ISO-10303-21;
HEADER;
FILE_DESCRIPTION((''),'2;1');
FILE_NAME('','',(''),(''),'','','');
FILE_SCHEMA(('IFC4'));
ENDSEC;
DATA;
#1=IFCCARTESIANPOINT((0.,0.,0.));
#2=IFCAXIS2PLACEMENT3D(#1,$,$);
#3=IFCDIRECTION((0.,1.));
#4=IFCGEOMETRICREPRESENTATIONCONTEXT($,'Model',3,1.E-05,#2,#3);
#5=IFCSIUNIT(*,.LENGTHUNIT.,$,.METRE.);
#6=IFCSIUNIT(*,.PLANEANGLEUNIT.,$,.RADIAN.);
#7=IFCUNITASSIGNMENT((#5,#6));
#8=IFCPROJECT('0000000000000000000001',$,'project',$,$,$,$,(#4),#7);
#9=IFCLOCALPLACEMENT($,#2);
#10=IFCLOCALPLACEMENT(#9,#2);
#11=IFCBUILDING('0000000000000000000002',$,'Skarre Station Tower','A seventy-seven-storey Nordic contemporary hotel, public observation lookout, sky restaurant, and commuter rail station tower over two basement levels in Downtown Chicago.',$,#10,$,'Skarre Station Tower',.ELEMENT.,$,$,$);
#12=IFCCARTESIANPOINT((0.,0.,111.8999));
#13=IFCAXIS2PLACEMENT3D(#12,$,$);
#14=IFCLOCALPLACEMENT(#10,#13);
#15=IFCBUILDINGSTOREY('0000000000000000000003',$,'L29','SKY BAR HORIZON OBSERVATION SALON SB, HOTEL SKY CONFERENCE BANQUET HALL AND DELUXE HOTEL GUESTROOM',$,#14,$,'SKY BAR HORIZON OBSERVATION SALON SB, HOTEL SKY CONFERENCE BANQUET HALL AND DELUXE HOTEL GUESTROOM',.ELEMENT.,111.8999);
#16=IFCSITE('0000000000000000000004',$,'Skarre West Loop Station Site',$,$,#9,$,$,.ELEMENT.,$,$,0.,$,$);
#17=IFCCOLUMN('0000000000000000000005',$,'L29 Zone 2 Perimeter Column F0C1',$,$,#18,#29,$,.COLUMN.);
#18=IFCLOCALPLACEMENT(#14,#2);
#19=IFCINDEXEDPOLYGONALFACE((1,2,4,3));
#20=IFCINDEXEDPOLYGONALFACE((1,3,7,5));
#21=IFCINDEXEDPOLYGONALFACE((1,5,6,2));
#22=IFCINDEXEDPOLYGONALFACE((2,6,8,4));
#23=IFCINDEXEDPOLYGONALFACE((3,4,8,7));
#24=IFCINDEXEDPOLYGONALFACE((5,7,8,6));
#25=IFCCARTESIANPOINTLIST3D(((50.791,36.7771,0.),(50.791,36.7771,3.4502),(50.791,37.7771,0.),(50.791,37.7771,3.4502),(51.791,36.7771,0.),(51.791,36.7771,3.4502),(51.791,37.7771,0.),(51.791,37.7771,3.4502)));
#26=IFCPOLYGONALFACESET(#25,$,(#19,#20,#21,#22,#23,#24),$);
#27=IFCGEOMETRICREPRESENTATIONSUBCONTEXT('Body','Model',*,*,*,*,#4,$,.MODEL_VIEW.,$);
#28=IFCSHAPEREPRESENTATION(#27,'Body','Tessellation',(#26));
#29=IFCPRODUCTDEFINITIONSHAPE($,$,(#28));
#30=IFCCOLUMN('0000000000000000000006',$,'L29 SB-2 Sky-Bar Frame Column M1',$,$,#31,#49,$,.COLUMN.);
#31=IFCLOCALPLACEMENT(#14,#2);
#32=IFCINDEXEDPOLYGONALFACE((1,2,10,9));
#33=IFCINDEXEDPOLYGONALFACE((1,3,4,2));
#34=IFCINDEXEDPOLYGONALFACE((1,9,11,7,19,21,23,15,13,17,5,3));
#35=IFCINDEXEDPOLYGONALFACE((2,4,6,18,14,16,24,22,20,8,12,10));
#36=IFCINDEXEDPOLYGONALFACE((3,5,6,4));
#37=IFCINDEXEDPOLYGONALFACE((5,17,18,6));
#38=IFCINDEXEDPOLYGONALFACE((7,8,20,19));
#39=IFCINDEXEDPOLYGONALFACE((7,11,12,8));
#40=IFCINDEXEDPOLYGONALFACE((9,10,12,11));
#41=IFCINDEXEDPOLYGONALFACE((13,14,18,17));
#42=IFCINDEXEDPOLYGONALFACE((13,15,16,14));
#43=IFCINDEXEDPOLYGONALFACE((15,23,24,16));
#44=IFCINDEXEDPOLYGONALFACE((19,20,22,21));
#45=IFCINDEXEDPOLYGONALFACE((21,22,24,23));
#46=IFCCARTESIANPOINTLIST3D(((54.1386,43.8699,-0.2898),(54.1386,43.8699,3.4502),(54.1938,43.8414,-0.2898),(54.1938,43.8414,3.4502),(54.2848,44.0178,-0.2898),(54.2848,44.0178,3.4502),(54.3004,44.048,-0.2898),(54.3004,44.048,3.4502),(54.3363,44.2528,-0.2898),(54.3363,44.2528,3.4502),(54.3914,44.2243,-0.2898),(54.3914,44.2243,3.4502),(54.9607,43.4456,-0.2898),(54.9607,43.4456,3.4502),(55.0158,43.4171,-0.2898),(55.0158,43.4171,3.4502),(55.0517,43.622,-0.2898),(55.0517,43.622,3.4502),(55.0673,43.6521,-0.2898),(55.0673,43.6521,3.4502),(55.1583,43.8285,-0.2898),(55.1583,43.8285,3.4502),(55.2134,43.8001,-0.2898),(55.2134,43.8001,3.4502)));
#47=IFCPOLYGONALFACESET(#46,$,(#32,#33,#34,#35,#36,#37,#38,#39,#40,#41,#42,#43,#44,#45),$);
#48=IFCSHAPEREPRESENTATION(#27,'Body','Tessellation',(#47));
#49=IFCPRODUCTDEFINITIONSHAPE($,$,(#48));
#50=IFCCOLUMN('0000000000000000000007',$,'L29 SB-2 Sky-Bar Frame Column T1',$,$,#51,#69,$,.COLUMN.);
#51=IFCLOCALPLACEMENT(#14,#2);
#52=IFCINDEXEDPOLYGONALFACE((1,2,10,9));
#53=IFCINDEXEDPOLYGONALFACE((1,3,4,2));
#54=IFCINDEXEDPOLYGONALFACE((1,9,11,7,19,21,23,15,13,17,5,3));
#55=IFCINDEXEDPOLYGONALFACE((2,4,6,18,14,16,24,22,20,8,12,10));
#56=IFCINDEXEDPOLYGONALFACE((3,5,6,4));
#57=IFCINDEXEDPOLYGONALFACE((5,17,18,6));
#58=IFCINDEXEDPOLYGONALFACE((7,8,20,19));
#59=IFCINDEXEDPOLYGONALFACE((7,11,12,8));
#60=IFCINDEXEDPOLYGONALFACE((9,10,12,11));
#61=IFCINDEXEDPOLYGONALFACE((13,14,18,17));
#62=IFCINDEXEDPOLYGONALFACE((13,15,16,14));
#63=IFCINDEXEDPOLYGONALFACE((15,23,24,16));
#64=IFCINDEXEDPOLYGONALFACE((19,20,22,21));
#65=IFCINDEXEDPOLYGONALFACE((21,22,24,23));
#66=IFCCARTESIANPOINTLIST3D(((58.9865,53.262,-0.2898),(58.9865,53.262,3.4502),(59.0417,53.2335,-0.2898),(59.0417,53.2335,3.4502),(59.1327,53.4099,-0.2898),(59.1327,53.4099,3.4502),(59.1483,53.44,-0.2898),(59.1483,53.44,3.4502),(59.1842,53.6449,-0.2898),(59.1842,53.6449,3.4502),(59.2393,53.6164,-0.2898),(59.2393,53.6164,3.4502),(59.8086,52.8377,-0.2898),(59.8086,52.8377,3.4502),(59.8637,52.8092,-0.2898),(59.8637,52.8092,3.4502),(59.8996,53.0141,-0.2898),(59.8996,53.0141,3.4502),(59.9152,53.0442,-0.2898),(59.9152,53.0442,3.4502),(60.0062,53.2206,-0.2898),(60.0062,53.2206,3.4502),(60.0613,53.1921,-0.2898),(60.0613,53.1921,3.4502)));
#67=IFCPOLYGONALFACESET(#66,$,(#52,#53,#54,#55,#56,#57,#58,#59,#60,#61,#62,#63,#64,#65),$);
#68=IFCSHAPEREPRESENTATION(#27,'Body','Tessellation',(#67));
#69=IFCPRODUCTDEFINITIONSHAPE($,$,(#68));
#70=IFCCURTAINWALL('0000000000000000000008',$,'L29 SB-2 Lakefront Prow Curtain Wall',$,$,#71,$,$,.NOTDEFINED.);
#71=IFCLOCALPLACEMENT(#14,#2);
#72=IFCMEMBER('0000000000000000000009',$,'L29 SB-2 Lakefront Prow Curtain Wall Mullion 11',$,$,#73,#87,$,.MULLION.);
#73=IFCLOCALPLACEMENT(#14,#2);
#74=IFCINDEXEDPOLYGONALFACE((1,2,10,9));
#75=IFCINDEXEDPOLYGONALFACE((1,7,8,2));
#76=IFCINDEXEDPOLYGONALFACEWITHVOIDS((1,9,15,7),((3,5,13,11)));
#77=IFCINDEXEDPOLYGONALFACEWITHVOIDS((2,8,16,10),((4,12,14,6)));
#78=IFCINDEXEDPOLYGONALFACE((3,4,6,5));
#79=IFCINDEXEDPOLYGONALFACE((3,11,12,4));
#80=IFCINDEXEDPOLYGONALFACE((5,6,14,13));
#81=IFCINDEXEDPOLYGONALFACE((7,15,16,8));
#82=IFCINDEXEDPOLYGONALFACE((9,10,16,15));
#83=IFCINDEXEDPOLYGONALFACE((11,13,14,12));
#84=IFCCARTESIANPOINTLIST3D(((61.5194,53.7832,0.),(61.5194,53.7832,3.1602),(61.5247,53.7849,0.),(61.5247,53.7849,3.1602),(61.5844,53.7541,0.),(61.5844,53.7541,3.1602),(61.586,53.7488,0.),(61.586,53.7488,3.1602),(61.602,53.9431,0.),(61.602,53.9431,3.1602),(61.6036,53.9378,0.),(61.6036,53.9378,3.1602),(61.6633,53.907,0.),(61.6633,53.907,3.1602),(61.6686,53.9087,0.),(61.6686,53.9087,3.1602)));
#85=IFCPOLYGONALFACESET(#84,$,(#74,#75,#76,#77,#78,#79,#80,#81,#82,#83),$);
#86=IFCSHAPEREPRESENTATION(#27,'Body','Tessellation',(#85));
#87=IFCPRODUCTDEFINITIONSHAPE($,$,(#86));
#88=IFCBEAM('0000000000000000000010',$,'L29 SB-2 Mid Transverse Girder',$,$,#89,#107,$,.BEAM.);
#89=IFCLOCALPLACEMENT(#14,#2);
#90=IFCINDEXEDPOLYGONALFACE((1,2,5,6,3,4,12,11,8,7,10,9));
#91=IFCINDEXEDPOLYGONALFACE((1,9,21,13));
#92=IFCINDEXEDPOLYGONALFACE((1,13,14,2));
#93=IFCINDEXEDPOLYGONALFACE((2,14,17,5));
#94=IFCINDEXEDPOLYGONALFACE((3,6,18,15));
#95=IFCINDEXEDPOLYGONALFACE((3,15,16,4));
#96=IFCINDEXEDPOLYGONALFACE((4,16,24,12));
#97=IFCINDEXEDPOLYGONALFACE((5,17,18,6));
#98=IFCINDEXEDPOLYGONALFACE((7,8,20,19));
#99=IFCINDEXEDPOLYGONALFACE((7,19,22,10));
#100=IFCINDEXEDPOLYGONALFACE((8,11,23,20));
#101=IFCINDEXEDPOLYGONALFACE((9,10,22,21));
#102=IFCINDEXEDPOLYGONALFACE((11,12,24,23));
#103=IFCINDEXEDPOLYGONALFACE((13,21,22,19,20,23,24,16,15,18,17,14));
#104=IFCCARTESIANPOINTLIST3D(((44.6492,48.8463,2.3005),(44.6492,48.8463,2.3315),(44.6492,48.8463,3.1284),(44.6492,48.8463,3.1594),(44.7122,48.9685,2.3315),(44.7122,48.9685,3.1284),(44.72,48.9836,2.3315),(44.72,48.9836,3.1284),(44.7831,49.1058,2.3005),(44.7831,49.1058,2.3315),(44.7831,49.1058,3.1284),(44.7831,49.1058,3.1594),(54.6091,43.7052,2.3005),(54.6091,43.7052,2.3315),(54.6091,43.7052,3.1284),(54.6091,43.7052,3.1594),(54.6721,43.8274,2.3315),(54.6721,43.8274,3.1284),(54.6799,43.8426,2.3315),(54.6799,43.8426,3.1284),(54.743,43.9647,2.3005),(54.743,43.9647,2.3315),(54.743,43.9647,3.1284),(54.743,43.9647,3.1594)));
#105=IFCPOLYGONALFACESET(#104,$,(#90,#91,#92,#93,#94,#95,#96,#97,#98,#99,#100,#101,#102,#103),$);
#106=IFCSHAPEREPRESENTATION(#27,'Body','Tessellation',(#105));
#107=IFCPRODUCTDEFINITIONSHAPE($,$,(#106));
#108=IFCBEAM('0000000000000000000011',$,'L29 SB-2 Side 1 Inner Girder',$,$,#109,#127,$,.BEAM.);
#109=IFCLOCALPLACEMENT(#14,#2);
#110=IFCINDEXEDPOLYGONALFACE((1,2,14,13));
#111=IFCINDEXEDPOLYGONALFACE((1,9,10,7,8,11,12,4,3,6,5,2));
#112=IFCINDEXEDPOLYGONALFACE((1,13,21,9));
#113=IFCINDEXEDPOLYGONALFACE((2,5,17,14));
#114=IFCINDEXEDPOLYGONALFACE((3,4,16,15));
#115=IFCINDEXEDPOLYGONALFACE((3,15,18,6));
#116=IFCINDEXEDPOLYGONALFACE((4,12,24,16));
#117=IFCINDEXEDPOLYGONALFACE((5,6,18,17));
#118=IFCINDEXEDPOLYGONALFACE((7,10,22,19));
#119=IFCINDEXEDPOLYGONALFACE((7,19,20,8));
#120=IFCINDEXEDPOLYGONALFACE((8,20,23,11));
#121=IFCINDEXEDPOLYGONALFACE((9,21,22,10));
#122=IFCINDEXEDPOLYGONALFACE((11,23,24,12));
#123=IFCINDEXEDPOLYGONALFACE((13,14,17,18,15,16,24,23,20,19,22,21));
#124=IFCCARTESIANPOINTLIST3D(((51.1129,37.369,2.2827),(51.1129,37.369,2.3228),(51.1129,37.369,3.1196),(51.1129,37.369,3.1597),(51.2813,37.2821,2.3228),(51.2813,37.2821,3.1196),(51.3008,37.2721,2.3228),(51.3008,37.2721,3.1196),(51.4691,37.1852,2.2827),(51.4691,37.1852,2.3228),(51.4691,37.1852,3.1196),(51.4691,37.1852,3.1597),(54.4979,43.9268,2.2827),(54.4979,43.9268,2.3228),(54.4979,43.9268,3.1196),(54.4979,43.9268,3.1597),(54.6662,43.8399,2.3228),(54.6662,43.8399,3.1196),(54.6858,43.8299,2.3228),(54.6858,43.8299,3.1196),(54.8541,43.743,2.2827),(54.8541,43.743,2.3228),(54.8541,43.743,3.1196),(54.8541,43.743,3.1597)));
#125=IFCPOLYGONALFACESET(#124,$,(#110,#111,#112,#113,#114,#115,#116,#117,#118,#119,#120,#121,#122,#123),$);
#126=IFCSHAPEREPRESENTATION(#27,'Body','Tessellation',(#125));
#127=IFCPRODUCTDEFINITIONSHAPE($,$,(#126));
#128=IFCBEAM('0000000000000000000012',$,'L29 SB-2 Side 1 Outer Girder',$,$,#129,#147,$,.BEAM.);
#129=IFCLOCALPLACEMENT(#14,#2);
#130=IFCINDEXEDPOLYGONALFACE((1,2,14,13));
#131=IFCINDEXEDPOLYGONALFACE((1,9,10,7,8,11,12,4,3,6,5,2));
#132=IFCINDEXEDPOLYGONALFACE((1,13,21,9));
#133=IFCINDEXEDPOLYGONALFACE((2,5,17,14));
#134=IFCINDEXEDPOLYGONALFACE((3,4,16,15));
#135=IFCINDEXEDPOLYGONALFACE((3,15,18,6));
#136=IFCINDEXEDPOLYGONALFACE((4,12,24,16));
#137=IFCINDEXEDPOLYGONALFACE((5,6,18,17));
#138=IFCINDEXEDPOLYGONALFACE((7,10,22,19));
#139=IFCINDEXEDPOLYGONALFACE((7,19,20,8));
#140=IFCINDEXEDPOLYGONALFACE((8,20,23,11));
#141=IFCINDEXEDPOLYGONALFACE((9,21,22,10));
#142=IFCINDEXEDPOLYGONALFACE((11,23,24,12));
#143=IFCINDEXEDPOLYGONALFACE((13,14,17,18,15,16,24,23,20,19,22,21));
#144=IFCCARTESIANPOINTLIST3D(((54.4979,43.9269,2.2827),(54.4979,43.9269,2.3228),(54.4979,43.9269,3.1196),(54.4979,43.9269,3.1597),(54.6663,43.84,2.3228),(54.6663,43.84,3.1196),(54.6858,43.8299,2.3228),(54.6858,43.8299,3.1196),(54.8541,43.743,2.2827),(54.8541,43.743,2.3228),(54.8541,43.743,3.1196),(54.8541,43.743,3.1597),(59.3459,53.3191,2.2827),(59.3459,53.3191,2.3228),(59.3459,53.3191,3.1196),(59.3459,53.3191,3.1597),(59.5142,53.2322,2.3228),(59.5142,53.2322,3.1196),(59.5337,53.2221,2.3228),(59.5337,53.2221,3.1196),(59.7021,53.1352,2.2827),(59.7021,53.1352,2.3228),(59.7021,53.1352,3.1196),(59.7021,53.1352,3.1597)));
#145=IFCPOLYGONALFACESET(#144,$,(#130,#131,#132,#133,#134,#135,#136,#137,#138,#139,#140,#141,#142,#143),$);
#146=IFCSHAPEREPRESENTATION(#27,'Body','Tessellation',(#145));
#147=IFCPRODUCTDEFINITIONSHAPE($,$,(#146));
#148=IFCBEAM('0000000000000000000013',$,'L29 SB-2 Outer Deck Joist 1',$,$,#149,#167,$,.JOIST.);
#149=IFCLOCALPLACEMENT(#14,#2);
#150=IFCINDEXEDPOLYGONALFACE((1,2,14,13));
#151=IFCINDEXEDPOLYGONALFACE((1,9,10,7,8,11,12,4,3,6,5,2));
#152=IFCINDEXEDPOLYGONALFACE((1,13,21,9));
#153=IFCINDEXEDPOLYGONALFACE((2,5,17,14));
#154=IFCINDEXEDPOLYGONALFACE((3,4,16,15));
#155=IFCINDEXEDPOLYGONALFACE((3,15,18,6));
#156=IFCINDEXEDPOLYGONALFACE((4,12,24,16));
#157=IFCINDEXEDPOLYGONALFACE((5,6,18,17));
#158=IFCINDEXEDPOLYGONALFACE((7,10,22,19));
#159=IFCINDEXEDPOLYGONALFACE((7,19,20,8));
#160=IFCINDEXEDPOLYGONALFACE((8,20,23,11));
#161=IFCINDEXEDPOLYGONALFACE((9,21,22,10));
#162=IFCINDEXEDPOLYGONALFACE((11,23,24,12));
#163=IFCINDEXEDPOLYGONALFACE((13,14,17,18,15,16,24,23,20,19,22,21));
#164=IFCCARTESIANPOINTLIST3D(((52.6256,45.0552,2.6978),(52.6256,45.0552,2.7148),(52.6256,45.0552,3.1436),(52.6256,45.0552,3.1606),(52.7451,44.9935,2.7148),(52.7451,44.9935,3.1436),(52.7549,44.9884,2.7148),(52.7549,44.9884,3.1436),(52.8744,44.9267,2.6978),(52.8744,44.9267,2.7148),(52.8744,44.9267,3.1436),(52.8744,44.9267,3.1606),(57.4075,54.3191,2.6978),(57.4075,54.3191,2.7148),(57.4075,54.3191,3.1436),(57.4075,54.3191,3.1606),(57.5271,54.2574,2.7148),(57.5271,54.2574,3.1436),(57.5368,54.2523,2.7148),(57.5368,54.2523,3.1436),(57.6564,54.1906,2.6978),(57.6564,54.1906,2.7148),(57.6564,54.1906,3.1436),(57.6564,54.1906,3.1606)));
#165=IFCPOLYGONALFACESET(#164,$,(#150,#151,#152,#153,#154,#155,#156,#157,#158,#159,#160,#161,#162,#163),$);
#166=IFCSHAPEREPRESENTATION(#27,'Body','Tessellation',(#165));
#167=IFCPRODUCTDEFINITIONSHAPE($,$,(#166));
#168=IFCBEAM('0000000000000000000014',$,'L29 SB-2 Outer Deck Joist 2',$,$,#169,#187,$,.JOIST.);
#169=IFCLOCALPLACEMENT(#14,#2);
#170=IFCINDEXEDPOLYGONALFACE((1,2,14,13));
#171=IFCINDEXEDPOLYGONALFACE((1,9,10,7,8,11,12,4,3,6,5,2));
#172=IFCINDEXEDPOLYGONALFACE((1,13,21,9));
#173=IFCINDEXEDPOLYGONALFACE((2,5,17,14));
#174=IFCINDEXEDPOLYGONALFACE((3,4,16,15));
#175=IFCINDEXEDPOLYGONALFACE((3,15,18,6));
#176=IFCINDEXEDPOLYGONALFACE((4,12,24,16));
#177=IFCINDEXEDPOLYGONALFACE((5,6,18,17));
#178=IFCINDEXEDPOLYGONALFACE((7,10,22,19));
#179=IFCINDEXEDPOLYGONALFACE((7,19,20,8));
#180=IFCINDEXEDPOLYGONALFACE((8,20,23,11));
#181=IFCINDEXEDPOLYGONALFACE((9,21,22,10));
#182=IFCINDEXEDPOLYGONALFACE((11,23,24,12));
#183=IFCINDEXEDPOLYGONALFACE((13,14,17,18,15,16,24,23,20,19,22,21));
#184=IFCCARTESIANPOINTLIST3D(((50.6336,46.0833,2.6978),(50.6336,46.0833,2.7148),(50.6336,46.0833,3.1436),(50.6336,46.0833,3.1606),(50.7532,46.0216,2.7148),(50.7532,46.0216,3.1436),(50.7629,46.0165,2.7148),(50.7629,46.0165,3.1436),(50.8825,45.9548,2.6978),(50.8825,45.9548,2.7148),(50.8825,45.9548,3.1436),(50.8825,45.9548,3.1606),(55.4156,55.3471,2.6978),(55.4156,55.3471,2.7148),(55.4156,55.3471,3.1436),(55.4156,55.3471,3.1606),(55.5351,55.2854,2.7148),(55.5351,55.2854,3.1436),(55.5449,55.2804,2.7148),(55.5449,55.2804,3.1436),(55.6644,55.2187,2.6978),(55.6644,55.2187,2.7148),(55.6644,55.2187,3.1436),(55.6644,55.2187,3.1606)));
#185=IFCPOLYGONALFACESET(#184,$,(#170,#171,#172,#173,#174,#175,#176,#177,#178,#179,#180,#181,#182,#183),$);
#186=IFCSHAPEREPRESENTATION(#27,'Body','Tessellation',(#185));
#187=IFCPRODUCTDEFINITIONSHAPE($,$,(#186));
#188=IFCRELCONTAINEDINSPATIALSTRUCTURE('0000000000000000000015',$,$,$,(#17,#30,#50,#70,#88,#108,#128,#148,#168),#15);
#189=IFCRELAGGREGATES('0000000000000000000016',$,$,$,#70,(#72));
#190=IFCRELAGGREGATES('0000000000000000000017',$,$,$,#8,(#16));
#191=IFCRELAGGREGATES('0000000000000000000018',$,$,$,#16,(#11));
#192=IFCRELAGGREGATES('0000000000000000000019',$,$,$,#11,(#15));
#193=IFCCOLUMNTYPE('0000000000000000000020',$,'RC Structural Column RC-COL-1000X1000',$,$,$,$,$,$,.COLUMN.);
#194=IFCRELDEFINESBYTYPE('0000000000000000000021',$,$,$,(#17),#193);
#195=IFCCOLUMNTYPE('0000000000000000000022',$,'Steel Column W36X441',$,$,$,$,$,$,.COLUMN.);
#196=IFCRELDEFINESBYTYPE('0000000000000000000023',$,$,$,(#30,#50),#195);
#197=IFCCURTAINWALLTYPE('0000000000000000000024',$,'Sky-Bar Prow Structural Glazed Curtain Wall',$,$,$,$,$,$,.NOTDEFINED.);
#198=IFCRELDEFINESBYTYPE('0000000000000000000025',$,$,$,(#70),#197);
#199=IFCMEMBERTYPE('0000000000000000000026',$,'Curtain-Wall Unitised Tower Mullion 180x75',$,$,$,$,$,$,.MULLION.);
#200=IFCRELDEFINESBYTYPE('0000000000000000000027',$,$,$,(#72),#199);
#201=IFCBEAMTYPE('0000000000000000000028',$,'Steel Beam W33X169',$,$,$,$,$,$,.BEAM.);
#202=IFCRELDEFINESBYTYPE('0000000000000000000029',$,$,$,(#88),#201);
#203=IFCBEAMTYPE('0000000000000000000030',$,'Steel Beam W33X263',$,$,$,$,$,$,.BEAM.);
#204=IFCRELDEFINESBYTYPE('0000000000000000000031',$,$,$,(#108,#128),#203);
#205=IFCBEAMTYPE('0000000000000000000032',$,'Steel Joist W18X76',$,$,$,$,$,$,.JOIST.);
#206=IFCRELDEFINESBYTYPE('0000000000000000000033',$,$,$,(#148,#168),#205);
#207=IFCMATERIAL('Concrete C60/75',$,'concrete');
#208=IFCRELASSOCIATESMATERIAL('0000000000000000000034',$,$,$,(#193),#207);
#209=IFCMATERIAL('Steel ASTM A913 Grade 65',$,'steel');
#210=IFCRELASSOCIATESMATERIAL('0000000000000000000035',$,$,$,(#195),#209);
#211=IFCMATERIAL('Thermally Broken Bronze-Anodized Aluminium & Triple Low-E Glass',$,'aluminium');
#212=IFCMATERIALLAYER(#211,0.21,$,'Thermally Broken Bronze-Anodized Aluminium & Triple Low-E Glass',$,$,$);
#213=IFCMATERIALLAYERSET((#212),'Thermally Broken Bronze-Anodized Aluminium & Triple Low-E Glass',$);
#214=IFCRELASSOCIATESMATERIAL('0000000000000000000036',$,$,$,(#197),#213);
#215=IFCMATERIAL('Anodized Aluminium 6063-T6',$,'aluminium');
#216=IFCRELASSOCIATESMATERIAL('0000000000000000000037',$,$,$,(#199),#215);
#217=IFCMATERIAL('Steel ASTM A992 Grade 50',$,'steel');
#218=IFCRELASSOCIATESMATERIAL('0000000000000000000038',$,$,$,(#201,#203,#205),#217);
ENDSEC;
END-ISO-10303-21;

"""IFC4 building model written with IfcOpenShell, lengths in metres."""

from ifc_helpers import new_model, si_unit, direction, frame, origin, origin_2d, place, context, subcontext, project, spatial, rectangle, hollow_rectangle, i_section, extrude, material, layer, layer_set, material_profile, profile_set, type_object, element, aggregate, save


model = new_model("IFC4")

# Units and contexts
model_context = context("Model", 3, precision=1e-05, world=origin(), true_north=direction((0.0, 1.0)))
body_context = subcontext(model_context, "Body", "Model", "MODEL_VIEW")
ifc_project = project(units=[si_unit("LENGTHUNIT", "METRE"), si_unit("PLANEANGLEUNIT", "RADIAN")], contexts=[model_context])

# Site, building, storey
site_placement = place(None, origin())
site = spatial("IfcSite", under=ifc_project, at=site_placement, Name="Skarre West Loop Station Site", CompositionType="ELEMENT", RefElevation=0.0)
building_placement = place(site_placement, origin())
building = spatial("IfcBuilding", under=site, at=building_placement, Name="Skarre Station Tower", Description="A seventy-seven-storey Nordic contemporary hotel, public observation lookout, sky restaurant, and commuter rail station tower over two basement levels in Downtown Chicago.", LongName="Skarre Station Tower", CompositionType="ELEMENT")
storey_placement = place(building_placement, frame((0.0, 0.0, 111.8999)))
storey = spatial("IfcBuildingStorey", under=building, at=storey_placement, Name="L29", Description="SKY BAR HORIZON OBSERVATION SALON SB, HOTEL SKY CONFERENCE BANQUET HALL AND DELUXE HOTEL GUESTROOM", LongName="SKY BAR HORIZON OBSERVATION SALON SB, HOTEL SKY CONFERENCE BANQUET HALL AND DELUXE HOTEL GUESTROOM", CompositionType="ELEMENT", Elevation=111.8999)

# Columns
ifc_material_1 = material(Name="Concrete C60/75", Category="concrete")
ifc_material_profile_1 = material_profile(ifc_material_1, rectangle(XDim=1.0, YDim=1.0, at=origin_2d()), Name="Concrete C60/75")
ifc_profile_set_1 = profile_set([ifc_material_profile_1], Name="Concrete C60/75")
column_type_1 = type_object("IfcColumnType", Name="RC Structural Column RC-COL-1000X1000", PredefinedType="COLUMN", material=ifc_profile_set_1)
column_placement = place(storey_placement, frame((51.291, 37.2771, 0.0), z_axis=(0.0, 0.0, 1.0), x_axis=(1.0, 0.0, 0.0)))
element("IfcColumn", 1, at=column_placement, inside=storey, type_object=column_type_1, Name="L29 Zone 2 Perimeter Column F0C1", PredefinedType="COLUMN", context=body_context, shape_type="SweptSolid", body=[
    extrude(rectangle(XDim=1.0, YDim=1.0, at=origin_2d()), origin(), (0.0, 0.0, 1.0), 3.4502),
])
ifc_material_2 = material(Name="Steel ASTM A913 Grade 65", Category="steel")
ifc_material_profile_2 = material_profile(ifc_material_2, i_section(OverallWidth=0.4309, OverallDepth=0.9871, WebThickness=0.0339, FlangeThickness=0.062, at=origin_2d()), Name="Steel ASTM A913 Grade 65")
ifc_profile_set_2 = profile_set([ifc_material_profile_2], Name="Steel ASTM A913 Grade 65")
column_type_2 = type_object("IfcColumnType", Name="Steel Column W36X441", PredefinedType="COLUMN", material=ifc_profile_set_2)
for number, where, z_axis, x_axis, name in (
    (2, (54.676, 43.835, -0.2898), (0.0, 0.0, 1.0), (0.45865, 0.888617, 0.0), "L29 SB-2 Sky-Bar Frame Column M1"),
    (3, (59.5239, 53.2271, -0.2898), (0.0, 0.0, 1.0), (0.45865, 0.888617, 0.0), "L29 SB-2 Sky-Bar Frame Column T1"),
):
    element("IfcColumn", number, at=place(storey_placement, frame(where, z_axis=z_axis, x_axis=x_axis)), inside=storey, type_object=column_type_2, Name=name, PredefinedType="COLUMN", context=body_context, shape_type="SweptSolid", body=[
        extrude(i_section(OverallWidth=0.4309, OverallDepth=0.9871, WebThickness=0.0339, FlangeThickness=0.062, at=origin_2d()), origin(), (0.0, 0.0, 1.0), 3.74),
    ])

# Curtain wall, member
ifc_material_3 = material(Name="Thermally Broken Bronze-Anodized Aluminium & Triple Low-E Glass", Category="aluminium")
ifc_layer_1 = layer(ifc_material_3, 0.21, Name="Thermally Broken Bronze-Anodized Aluminium & Triple Low-E Glass")
ifc_layer_set_1 = layer_set([ifc_layer_1], Name="Thermally Broken Bronze-Anodized Aluminium & Triple Low-E Glass")
curtain_wall_type = type_object("IfcCurtainWallType", Name="Sky-Bar Prow Structural Glazed Curtain Wall", PredefinedType="NOTDEFINED", material=ifc_layer_set_1)
curtain_wall_placement = place(storey_placement, origin())
curtain_wall = element("IfcCurtainWall", 4, at=curtain_wall_placement, inside=storey, type_object=curtain_wall_type, Name="L29 SB-2 Lakefront Prow Curtain Wall", PredefinedType="NOTDEFINED")
ifc_material_4 = material(Name="Anodized Aluminium 6063-T6", Category="aluminium")
ifc_material_profile_3 = material_profile(ifc_material_4, hollow_rectangle(XDim=0.075, YDim=0.1799, WallThickness=0.0039, at=origin_2d()), Name="Anodized Aluminium 6063-T6")
ifc_profile_set_3 = profile_set([ifc_material_profile_3], Name="Anodized Aluminium 6063-T6")
member_type = type_object("IfcMemberType", Name="Curtain-Wall Unitised Tower Mullion 180x75", PredefinedType="MULLION", material=ifc_profile_set_3)
member_placement = place(storey_placement, frame((61.594, 53.8459, 0.0), z_axis=(0.0, 0.0, 1.0), x_axis=(0.888601, -0.458681, 0.0)))
member = element("IfcMember", 5, at=member_placement, type_object=member_type, Name="L29 SB-2 Lakefront Prow Curtain Wall Mullion 11", PredefinedType="MULLION", context=body_context, shape_type="SweptSolid", body=[
    extrude(hollow_rectangle(XDim=0.075, YDim=0.1799, WallThickness=0.0039, at=origin_2d()), origin(), (0.0, 0.0, 1.0), 3.1602),
])

# Beams
ifc_material_5 = material(Name="Steel ASTM A992 Grade 50", Category="steel")
ifc_material_profile_4 = material_profile(ifc_material_5, i_section(OverallWidth=0.292, OverallDepth=0.8589, WebThickness=0.0171, FlangeThickness=0.031, at=origin_2d()), Name="Steel ASTM A992 Grade 50")
ifc_profile_set_4 = profile_set([ifc_material_profile_4], Name="Steel ASTM A992 Grade 50")
beam_type_1 = type_object("IfcBeamType", Name="Steel Beam W33X169", PredefinedType="BEAM", material=ifc_profile_set_4)
beam_1_placement = place(storey_placement, frame((54.676, 43.835, 2.73), z_axis=(-0.888603, 0.458677, 0.0), x_axis=(-0.458677, -0.888603, 0.0)))
element("IfcBeam", 6, at=beam_1_placement, inside=storey, type_object=beam_type_1, Name="L29 SB-2 Mid Transverse Girder", PredefinedType="BEAM", context=body_context, shape_type="SweptSolid", body=[
    extrude(i_section(OverallWidth=0.292, OverallDepth=0.8589, WebThickness=0.0171, FlangeThickness=0.031, at=origin_2d()), origin(), (0.0, 0.0, 1.0), 11.2085),
])
ifc_material_profile_5 = material_profile(ifc_material_5, i_section(OverallWidth=0.4009, OverallDepth=0.877, WebThickness=0.022, FlangeThickness=0.04, at=origin_2d()), Name="Steel ASTM A992 Grade 50")
ifc_profile_set_5 = profile_set([ifc_material_profile_5], Name="Steel ASTM A992 Grade 50")
beam_type_2 = type_object("IfcBeamType", Name="Steel Beam W33X263", PredefinedType="BEAM", material=ifc_profile_set_5)
beam_2_placement = place(storey_placement, frame((51.291, 37.2771, 2.7212), z_axis=(0.458676, 0.888604, 0.0), x_axis=(-0.888604, 0.458676, 0.0)))
element("IfcBeam", 7, at=beam_2_placement, inside=storey, type_object=beam_type_2, Name="L29 SB-2 Side 1 Inner Girder", PredefinedType="BEAM", context=body_context, shape_type="SweptSolid", body=[
    extrude(i_section(OverallWidth=0.4009, OverallDepth=0.877, WebThickness=0.022, FlangeThickness=0.04, at=origin_2d()), origin(), (0.0, 0.0, 1.0), 7.3799),
])
beam_3_placement = place(storey_placement, frame((54.676, 43.835, 2.7212), z_axis=(0.458671, 0.888606, 0.0), x_axis=(-0.888606, 0.458671, 0.0)))
element("IfcBeam", 8, at=beam_3_placement, inside=storey, type_object=beam_type_2, Name="L29 SB-2 Side 1 Outer Girder", PredefinedType="BEAM", context=body_context, shape_type="SweptSolid", body=[
    extrude(i_section(OverallWidth=0.4009, OverallDepth=0.877, WebThickness=0.022, FlangeThickness=0.04, at=origin_2d()), origin(), (0.0, 0.0, 1.0), 10.5696),
])
ifc_material_profile_6 = material_profile(ifc_material_5, i_section(OverallWidth=0.28, OverallDepth=0.4629, WebThickness=0.011, FlangeThickness=0.0171, at=origin_2d()), Name="Steel ASTM A992 Grade 50")
ifc_profile_set_6 = profile_set([ifc_material_profile_6], Name="Steel ASTM A992 Grade 50")
beam_type_3 = type_object("IfcBeamType", Name="Steel Joist W18X76", PredefinedType="JOIST", material=ifc_profile_set_6)
for number, where, z_axis, x_axis, name in (
    (9, (52.75, 44.991, 2.9292), (0.458689, 0.888597, 0.0), (-0.888597, 0.458689, 0.0), "L29 SB-2 Outer Deck Joist 1"),
    (10, (50.7581, 46.019, 2.9292), (0.458689, 0.888597, 0.0), (-0.888597, 0.458689, 0.0), "L29 SB-2 Outer Deck Joist 2"),
):
    element("IfcBeam", number, at=place(storey_placement, frame(where, z_axis=z_axis, x_axis=x_axis)), inside=storey, type_object=beam_type_3, Name=name, PredefinedType="JOIST", context=body_context, shape_type="SweptSolid", body=[
        extrude(i_section(OverallWidth=0.28, OverallDepth=0.4629, WebThickness=0.011, FlangeThickness=0.0171, at=origin_2d()), origin(), (0.0, 0.0, 1.0), 10.4253),
    ])

aggregate(curtain_wall, [member])

save(model, "model.ifc")
